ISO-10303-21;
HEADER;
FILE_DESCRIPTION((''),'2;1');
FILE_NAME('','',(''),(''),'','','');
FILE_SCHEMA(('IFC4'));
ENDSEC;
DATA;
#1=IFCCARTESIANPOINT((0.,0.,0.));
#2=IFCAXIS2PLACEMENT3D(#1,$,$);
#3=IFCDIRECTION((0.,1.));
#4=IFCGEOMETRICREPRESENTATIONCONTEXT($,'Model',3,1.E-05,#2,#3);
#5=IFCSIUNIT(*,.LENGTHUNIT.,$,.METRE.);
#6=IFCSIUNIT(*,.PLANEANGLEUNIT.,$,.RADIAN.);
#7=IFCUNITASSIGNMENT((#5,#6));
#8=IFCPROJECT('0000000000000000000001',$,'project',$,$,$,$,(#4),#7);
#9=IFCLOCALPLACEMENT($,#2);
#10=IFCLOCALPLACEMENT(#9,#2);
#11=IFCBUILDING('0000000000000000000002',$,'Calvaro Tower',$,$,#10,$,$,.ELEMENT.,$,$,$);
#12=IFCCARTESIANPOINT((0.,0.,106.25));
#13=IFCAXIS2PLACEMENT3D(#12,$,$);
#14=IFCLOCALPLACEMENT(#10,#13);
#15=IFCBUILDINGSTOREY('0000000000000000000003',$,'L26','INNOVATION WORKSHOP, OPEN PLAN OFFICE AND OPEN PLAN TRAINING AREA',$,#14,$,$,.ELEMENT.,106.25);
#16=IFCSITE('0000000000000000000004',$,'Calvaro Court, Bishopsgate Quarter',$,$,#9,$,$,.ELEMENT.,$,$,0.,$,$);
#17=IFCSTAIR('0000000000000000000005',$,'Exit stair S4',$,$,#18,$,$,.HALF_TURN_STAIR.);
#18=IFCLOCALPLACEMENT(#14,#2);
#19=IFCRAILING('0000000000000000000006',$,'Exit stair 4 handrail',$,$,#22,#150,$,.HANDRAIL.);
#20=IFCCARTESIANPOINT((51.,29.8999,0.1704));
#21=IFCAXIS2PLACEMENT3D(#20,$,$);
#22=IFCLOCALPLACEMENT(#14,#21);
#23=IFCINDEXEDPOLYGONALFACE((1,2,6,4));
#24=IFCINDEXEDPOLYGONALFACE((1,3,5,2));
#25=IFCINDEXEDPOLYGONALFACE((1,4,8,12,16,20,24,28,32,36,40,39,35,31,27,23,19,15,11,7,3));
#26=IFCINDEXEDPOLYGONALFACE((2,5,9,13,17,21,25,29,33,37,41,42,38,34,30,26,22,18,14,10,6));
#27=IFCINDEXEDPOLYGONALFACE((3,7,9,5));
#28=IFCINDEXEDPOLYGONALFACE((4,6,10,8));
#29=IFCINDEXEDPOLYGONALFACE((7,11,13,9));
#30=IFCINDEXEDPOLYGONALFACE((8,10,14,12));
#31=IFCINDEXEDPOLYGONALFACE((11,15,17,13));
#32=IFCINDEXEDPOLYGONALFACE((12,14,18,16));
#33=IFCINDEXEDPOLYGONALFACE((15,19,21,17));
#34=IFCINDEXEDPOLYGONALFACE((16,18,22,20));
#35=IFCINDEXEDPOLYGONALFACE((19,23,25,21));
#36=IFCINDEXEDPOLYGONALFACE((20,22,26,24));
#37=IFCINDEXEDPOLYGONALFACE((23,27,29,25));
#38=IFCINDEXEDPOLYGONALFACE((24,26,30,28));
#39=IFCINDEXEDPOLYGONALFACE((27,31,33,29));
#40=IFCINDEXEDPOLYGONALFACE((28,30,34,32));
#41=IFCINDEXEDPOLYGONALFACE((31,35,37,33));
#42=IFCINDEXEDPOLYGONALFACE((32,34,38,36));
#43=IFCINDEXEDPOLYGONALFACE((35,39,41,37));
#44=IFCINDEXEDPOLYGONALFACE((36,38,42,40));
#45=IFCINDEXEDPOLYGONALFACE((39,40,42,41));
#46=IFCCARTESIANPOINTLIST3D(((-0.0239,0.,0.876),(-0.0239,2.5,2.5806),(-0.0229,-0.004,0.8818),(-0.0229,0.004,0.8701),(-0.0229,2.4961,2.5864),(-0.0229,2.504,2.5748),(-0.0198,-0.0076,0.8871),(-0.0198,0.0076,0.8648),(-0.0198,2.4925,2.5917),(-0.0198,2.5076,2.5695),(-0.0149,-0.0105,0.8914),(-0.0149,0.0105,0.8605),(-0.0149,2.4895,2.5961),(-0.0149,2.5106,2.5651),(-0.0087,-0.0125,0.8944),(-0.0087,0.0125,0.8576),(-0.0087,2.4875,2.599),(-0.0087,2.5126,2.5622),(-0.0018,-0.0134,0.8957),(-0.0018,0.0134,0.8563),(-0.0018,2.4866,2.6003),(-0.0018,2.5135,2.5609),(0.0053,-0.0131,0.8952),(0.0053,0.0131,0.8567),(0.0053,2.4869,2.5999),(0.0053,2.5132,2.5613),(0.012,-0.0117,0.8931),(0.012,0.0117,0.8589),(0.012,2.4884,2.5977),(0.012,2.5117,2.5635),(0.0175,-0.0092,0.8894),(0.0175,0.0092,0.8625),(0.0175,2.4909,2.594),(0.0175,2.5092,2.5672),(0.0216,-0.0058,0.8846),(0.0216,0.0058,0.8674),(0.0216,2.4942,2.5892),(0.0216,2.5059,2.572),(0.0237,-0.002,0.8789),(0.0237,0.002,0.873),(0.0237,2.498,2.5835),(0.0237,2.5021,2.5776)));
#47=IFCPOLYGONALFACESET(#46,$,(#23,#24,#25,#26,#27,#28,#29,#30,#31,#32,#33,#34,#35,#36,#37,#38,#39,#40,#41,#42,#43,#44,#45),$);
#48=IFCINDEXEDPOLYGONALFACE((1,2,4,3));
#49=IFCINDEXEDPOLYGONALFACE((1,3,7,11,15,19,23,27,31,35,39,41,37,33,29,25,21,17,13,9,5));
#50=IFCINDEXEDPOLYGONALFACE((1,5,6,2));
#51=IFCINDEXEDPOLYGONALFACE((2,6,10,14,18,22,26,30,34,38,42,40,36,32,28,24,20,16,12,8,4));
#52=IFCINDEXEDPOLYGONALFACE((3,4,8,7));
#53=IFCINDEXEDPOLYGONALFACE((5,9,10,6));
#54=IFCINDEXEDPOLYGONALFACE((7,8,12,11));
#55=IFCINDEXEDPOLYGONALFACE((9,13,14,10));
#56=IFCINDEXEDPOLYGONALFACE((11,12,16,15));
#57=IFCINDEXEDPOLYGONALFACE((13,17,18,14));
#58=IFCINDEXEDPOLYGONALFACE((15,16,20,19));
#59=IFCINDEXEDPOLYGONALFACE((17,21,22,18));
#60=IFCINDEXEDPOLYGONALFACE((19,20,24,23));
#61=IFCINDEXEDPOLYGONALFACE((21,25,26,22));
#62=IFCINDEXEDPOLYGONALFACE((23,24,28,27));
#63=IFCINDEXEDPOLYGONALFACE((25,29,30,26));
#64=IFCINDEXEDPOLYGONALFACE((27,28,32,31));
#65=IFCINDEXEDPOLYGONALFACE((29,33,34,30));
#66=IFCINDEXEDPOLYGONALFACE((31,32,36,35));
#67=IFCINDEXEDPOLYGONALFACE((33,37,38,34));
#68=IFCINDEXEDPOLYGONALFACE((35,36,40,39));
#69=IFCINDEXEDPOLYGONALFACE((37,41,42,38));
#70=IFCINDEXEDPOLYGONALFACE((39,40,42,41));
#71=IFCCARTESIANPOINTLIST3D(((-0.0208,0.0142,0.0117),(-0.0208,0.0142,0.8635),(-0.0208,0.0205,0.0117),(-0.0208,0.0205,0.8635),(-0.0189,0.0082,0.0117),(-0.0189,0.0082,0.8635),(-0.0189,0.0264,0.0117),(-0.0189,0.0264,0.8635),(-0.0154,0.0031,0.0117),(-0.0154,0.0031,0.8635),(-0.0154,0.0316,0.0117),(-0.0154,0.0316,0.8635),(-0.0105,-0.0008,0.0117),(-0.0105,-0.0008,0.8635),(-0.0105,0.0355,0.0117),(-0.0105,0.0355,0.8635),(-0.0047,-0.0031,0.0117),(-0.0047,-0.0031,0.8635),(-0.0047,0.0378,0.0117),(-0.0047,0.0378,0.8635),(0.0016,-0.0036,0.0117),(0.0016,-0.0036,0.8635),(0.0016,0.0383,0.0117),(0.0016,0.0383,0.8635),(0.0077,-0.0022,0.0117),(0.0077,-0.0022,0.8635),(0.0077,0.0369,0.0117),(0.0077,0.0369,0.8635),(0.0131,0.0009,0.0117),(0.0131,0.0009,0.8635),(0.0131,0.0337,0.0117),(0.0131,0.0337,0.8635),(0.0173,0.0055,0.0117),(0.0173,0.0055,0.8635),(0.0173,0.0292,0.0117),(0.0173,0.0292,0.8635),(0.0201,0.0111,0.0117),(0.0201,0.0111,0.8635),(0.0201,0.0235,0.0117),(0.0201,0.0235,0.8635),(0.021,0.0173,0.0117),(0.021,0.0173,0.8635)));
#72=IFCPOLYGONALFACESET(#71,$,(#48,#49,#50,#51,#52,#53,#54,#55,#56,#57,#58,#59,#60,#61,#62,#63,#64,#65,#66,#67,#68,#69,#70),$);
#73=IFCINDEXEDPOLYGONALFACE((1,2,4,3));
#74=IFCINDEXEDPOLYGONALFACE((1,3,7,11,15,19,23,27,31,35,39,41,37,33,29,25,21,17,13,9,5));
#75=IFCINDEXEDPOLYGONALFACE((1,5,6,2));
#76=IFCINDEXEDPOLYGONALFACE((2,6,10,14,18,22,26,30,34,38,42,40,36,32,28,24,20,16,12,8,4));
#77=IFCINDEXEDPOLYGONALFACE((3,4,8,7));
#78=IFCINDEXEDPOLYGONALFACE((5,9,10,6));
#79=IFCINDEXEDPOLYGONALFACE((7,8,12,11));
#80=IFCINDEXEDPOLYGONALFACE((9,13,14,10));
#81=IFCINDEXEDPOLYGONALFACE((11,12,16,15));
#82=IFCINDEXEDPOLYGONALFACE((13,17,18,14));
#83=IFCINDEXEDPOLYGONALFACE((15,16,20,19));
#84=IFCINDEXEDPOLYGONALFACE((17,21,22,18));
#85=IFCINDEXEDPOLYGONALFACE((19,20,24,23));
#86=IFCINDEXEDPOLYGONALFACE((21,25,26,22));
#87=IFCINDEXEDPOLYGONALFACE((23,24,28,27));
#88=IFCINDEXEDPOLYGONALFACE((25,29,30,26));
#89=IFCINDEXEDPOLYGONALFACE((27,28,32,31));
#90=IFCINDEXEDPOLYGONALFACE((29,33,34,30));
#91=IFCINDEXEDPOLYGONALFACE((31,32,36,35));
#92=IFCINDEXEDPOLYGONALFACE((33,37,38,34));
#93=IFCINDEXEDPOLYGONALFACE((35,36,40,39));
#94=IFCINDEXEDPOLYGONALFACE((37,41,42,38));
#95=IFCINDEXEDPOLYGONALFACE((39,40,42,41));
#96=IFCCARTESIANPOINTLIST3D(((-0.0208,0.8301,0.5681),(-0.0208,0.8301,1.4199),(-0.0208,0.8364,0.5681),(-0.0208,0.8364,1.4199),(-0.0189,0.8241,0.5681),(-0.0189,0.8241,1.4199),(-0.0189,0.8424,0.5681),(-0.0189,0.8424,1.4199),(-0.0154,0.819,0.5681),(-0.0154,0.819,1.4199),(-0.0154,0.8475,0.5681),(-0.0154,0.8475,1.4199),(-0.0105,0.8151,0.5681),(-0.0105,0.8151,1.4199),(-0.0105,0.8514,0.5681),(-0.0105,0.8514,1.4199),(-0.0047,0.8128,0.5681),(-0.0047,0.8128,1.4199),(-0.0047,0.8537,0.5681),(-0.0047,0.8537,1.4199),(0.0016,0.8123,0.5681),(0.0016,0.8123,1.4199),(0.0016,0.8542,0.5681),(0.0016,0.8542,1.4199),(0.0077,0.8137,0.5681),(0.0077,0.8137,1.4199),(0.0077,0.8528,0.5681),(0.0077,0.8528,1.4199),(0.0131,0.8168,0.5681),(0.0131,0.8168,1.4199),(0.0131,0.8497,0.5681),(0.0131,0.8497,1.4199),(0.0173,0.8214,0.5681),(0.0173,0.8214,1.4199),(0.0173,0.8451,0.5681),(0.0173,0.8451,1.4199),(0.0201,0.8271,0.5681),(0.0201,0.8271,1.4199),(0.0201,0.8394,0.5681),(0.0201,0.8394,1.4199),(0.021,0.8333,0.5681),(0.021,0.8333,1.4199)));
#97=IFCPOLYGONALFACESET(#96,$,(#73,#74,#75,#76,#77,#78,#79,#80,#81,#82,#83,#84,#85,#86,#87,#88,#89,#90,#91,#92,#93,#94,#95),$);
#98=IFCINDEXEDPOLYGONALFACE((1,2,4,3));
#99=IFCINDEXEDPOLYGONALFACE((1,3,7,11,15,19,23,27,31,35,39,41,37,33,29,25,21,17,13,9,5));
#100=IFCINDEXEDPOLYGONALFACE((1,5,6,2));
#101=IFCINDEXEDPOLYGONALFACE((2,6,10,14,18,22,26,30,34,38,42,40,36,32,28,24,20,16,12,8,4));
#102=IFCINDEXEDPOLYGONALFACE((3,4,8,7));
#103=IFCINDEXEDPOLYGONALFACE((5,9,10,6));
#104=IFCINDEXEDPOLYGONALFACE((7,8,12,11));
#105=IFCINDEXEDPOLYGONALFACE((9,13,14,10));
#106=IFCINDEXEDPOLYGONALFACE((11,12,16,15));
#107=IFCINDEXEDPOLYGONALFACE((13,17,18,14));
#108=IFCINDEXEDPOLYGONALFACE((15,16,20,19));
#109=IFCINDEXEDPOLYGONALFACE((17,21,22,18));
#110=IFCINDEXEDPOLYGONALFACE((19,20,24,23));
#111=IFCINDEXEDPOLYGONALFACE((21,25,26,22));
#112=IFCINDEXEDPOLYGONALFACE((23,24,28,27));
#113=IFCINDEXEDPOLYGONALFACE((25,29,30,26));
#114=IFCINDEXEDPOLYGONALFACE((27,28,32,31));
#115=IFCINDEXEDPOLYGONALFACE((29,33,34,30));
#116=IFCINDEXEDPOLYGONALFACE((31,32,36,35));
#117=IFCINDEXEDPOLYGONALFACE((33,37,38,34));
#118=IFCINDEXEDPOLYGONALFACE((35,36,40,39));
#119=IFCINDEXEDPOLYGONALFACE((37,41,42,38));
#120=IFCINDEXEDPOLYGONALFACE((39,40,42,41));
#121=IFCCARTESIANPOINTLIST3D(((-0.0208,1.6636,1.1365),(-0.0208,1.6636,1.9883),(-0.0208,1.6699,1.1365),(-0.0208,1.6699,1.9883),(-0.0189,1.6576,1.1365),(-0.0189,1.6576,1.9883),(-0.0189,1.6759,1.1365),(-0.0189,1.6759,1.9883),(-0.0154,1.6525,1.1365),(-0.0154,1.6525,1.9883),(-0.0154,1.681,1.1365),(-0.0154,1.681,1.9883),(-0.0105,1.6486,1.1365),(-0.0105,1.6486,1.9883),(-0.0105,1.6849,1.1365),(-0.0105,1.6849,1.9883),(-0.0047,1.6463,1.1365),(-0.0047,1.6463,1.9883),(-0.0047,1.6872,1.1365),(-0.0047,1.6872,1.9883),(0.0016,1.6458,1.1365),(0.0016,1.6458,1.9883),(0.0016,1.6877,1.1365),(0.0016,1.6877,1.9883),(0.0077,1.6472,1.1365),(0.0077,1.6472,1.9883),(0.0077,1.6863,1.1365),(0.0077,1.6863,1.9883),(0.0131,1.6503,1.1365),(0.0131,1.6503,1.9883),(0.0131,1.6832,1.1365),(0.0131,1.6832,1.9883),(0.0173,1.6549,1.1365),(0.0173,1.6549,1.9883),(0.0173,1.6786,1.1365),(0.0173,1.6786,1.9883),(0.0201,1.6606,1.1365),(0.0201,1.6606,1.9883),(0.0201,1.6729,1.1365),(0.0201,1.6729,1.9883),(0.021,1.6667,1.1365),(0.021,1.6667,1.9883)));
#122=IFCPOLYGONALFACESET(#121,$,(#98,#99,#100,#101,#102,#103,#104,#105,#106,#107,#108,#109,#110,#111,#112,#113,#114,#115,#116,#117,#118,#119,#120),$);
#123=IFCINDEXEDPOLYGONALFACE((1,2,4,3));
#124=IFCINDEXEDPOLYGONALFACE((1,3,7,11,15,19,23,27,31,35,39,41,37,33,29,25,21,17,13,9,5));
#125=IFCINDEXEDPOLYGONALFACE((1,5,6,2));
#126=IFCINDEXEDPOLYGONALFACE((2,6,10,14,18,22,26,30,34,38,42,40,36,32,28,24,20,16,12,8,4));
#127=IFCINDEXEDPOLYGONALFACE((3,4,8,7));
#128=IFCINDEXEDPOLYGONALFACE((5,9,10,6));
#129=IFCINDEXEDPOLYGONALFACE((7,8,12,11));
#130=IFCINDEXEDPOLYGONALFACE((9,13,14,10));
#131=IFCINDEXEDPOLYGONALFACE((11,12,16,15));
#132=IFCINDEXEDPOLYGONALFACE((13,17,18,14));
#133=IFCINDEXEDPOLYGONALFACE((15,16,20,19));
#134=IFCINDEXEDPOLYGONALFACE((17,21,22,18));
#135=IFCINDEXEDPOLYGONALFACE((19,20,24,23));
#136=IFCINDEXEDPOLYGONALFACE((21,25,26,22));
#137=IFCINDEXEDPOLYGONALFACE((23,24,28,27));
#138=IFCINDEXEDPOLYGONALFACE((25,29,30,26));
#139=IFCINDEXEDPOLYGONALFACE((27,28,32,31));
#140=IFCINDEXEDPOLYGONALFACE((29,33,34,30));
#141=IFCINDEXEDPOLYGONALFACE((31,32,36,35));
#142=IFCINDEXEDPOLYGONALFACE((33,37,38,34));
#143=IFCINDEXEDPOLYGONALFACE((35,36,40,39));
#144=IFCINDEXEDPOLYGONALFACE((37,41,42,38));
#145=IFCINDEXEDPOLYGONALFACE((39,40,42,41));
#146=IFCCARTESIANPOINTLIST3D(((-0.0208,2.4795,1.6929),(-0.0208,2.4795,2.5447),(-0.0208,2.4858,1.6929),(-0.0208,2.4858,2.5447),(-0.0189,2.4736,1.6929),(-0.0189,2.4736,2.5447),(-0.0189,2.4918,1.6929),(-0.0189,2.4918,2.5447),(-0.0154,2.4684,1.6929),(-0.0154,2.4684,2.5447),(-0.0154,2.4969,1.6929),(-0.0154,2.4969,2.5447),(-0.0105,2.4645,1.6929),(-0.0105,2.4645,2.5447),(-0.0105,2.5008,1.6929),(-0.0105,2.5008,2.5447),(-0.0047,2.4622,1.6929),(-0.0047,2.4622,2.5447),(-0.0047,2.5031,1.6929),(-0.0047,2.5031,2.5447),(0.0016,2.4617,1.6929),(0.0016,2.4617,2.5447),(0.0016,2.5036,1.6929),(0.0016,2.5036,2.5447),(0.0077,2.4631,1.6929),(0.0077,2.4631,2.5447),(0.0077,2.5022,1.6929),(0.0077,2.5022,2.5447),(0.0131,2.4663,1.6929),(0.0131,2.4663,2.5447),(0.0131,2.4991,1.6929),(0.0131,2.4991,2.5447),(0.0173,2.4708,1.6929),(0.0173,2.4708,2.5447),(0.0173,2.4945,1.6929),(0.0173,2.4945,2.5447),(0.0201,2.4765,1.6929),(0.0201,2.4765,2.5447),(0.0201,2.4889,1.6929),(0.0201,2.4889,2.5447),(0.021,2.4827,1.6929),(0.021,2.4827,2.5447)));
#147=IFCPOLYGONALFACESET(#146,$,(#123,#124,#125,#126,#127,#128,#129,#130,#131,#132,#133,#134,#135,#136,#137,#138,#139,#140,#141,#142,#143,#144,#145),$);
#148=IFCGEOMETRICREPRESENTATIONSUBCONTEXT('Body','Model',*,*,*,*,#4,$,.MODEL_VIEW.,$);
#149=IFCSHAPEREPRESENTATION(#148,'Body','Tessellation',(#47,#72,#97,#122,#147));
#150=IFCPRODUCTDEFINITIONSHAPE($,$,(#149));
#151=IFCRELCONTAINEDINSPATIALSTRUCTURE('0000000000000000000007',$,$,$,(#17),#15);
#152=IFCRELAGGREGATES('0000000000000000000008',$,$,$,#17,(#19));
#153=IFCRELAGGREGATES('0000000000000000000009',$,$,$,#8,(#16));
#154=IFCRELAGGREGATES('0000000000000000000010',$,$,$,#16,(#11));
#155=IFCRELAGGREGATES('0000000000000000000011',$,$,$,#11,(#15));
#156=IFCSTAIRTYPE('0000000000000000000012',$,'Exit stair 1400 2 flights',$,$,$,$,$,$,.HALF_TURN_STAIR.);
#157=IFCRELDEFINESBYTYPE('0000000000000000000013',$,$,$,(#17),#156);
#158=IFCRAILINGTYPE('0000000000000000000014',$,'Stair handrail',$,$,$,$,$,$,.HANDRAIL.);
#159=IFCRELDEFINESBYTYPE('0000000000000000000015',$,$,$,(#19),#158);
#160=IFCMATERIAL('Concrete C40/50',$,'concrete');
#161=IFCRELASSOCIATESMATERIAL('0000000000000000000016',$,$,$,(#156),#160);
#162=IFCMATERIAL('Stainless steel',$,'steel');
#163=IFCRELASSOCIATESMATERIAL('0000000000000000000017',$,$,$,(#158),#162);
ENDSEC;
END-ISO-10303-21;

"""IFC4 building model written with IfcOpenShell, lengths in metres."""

from ifc_helpers import new_model, si_unit, direction, frame, origin, origin_2d, place, context, subcontext, project, spatial, circle, extrude, material, type_object, element, aggregate, save


model = new_model("IFC4")

# Units and contexts
model_context = context("Model", 3, precision=1e-05, world=origin(), true_north=direction((0.0, 1.0)))
body_context = subcontext(model_context, "Body", "Model", "MODEL_VIEW")
ifc_project = project(units=[si_unit("LENGTHUNIT", "METRE"), si_unit("PLANEANGLEUNIT", "RADIAN")], contexts=[model_context])

# Site, building, storey
site_placement = place(None, origin())
site = spatial("IfcSite", under=ifc_project, at=site_placement, Name="Calvaro Court, Bishopsgate Quarter", CompositionType="ELEMENT", RefElevation=0.0)
building_placement = place(site_placement, origin())
building = spatial("IfcBuilding", under=site, at=building_placement, Name="Calvaro Tower", CompositionType="ELEMENT")
storey_placement = place(building_placement, frame((0.0, 0.0, 106.25)))
storey = spatial("IfcBuildingStorey", under=building, at=storey_placement, Name="L26", Description="INNOVATION WORKSHOP, OPEN PLAN OFFICE AND OPEN PLAN TRAINING AREA", CompositionType="ELEMENT", Elevation=106.25)

# Stair
ifc_material_1 = material(Name="Concrete C40/50", Category="concrete")
stair_type = type_object("IfcStairType", Name="Exit stair 1400 2 flights", PredefinedType="HALF_TURN_STAIR", material=ifc_material_1)
stair_1_placement = place(storey_placement, origin())
stair_1 = element("IfcStair", 1, at=stair_1_placement, inside=storey, type_object=stair_type, Name="Exit stair S4", PredefinedType="HALF_TURN_STAIR")

# Railing
ifc_material_2 = material(Name="Stainless steel", Category="steel")
railing_type = type_object("IfcRailingType", Name="Stair handrail", PredefinedType="HANDRAIL", material=ifc_material_2)
railing_1_placement = place(storey_placement, frame((51.0, 29.8999, 0.1704)))
railing_1 = element("IfcRailing", 2, at=railing_1_placement, type_object=railing_type, Name="Exit stair 4 handrail", PredefinedType="HANDRAIL", context=body_context, shape_type="SweptSolid", body=[
    extrude(circle(Radius=0.0239, at=origin_2d()), frame((0.0, 0.0, 0.876), z_axis=(0.0, 0.826221, 0.563347), x_axis=(-1.0, 0.0, 0.0)), (0.0, 0.0, 1.0), 3.0259),
    extrude(circle(Radius=0.021, at=origin_2d()), frame((0.0, 0.0173, 0.0117)), (0.0, 0.0, 1.0), 0.8518),
    extrude(circle(Radius=0.021, at=origin_2d()), frame((0.0, 0.8333, 0.5681)), (0.0, 0.0, 1.0), 0.8518),
    extrude(circle(Radius=0.021, at=origin_2d()), frame((0.0, 1.6667, 1.1365)), (0.0, 0.0, 1.0), 0.8518),
    extrude(circle(Radius=0.021, at=origin_2d()), frame((0.0, 2.4827, 1.6929)), (0.0, 0.0, 1.0), 0.8518),
])
aggregate(stair_1, [railing_1])

save(model, "model.ifc")
